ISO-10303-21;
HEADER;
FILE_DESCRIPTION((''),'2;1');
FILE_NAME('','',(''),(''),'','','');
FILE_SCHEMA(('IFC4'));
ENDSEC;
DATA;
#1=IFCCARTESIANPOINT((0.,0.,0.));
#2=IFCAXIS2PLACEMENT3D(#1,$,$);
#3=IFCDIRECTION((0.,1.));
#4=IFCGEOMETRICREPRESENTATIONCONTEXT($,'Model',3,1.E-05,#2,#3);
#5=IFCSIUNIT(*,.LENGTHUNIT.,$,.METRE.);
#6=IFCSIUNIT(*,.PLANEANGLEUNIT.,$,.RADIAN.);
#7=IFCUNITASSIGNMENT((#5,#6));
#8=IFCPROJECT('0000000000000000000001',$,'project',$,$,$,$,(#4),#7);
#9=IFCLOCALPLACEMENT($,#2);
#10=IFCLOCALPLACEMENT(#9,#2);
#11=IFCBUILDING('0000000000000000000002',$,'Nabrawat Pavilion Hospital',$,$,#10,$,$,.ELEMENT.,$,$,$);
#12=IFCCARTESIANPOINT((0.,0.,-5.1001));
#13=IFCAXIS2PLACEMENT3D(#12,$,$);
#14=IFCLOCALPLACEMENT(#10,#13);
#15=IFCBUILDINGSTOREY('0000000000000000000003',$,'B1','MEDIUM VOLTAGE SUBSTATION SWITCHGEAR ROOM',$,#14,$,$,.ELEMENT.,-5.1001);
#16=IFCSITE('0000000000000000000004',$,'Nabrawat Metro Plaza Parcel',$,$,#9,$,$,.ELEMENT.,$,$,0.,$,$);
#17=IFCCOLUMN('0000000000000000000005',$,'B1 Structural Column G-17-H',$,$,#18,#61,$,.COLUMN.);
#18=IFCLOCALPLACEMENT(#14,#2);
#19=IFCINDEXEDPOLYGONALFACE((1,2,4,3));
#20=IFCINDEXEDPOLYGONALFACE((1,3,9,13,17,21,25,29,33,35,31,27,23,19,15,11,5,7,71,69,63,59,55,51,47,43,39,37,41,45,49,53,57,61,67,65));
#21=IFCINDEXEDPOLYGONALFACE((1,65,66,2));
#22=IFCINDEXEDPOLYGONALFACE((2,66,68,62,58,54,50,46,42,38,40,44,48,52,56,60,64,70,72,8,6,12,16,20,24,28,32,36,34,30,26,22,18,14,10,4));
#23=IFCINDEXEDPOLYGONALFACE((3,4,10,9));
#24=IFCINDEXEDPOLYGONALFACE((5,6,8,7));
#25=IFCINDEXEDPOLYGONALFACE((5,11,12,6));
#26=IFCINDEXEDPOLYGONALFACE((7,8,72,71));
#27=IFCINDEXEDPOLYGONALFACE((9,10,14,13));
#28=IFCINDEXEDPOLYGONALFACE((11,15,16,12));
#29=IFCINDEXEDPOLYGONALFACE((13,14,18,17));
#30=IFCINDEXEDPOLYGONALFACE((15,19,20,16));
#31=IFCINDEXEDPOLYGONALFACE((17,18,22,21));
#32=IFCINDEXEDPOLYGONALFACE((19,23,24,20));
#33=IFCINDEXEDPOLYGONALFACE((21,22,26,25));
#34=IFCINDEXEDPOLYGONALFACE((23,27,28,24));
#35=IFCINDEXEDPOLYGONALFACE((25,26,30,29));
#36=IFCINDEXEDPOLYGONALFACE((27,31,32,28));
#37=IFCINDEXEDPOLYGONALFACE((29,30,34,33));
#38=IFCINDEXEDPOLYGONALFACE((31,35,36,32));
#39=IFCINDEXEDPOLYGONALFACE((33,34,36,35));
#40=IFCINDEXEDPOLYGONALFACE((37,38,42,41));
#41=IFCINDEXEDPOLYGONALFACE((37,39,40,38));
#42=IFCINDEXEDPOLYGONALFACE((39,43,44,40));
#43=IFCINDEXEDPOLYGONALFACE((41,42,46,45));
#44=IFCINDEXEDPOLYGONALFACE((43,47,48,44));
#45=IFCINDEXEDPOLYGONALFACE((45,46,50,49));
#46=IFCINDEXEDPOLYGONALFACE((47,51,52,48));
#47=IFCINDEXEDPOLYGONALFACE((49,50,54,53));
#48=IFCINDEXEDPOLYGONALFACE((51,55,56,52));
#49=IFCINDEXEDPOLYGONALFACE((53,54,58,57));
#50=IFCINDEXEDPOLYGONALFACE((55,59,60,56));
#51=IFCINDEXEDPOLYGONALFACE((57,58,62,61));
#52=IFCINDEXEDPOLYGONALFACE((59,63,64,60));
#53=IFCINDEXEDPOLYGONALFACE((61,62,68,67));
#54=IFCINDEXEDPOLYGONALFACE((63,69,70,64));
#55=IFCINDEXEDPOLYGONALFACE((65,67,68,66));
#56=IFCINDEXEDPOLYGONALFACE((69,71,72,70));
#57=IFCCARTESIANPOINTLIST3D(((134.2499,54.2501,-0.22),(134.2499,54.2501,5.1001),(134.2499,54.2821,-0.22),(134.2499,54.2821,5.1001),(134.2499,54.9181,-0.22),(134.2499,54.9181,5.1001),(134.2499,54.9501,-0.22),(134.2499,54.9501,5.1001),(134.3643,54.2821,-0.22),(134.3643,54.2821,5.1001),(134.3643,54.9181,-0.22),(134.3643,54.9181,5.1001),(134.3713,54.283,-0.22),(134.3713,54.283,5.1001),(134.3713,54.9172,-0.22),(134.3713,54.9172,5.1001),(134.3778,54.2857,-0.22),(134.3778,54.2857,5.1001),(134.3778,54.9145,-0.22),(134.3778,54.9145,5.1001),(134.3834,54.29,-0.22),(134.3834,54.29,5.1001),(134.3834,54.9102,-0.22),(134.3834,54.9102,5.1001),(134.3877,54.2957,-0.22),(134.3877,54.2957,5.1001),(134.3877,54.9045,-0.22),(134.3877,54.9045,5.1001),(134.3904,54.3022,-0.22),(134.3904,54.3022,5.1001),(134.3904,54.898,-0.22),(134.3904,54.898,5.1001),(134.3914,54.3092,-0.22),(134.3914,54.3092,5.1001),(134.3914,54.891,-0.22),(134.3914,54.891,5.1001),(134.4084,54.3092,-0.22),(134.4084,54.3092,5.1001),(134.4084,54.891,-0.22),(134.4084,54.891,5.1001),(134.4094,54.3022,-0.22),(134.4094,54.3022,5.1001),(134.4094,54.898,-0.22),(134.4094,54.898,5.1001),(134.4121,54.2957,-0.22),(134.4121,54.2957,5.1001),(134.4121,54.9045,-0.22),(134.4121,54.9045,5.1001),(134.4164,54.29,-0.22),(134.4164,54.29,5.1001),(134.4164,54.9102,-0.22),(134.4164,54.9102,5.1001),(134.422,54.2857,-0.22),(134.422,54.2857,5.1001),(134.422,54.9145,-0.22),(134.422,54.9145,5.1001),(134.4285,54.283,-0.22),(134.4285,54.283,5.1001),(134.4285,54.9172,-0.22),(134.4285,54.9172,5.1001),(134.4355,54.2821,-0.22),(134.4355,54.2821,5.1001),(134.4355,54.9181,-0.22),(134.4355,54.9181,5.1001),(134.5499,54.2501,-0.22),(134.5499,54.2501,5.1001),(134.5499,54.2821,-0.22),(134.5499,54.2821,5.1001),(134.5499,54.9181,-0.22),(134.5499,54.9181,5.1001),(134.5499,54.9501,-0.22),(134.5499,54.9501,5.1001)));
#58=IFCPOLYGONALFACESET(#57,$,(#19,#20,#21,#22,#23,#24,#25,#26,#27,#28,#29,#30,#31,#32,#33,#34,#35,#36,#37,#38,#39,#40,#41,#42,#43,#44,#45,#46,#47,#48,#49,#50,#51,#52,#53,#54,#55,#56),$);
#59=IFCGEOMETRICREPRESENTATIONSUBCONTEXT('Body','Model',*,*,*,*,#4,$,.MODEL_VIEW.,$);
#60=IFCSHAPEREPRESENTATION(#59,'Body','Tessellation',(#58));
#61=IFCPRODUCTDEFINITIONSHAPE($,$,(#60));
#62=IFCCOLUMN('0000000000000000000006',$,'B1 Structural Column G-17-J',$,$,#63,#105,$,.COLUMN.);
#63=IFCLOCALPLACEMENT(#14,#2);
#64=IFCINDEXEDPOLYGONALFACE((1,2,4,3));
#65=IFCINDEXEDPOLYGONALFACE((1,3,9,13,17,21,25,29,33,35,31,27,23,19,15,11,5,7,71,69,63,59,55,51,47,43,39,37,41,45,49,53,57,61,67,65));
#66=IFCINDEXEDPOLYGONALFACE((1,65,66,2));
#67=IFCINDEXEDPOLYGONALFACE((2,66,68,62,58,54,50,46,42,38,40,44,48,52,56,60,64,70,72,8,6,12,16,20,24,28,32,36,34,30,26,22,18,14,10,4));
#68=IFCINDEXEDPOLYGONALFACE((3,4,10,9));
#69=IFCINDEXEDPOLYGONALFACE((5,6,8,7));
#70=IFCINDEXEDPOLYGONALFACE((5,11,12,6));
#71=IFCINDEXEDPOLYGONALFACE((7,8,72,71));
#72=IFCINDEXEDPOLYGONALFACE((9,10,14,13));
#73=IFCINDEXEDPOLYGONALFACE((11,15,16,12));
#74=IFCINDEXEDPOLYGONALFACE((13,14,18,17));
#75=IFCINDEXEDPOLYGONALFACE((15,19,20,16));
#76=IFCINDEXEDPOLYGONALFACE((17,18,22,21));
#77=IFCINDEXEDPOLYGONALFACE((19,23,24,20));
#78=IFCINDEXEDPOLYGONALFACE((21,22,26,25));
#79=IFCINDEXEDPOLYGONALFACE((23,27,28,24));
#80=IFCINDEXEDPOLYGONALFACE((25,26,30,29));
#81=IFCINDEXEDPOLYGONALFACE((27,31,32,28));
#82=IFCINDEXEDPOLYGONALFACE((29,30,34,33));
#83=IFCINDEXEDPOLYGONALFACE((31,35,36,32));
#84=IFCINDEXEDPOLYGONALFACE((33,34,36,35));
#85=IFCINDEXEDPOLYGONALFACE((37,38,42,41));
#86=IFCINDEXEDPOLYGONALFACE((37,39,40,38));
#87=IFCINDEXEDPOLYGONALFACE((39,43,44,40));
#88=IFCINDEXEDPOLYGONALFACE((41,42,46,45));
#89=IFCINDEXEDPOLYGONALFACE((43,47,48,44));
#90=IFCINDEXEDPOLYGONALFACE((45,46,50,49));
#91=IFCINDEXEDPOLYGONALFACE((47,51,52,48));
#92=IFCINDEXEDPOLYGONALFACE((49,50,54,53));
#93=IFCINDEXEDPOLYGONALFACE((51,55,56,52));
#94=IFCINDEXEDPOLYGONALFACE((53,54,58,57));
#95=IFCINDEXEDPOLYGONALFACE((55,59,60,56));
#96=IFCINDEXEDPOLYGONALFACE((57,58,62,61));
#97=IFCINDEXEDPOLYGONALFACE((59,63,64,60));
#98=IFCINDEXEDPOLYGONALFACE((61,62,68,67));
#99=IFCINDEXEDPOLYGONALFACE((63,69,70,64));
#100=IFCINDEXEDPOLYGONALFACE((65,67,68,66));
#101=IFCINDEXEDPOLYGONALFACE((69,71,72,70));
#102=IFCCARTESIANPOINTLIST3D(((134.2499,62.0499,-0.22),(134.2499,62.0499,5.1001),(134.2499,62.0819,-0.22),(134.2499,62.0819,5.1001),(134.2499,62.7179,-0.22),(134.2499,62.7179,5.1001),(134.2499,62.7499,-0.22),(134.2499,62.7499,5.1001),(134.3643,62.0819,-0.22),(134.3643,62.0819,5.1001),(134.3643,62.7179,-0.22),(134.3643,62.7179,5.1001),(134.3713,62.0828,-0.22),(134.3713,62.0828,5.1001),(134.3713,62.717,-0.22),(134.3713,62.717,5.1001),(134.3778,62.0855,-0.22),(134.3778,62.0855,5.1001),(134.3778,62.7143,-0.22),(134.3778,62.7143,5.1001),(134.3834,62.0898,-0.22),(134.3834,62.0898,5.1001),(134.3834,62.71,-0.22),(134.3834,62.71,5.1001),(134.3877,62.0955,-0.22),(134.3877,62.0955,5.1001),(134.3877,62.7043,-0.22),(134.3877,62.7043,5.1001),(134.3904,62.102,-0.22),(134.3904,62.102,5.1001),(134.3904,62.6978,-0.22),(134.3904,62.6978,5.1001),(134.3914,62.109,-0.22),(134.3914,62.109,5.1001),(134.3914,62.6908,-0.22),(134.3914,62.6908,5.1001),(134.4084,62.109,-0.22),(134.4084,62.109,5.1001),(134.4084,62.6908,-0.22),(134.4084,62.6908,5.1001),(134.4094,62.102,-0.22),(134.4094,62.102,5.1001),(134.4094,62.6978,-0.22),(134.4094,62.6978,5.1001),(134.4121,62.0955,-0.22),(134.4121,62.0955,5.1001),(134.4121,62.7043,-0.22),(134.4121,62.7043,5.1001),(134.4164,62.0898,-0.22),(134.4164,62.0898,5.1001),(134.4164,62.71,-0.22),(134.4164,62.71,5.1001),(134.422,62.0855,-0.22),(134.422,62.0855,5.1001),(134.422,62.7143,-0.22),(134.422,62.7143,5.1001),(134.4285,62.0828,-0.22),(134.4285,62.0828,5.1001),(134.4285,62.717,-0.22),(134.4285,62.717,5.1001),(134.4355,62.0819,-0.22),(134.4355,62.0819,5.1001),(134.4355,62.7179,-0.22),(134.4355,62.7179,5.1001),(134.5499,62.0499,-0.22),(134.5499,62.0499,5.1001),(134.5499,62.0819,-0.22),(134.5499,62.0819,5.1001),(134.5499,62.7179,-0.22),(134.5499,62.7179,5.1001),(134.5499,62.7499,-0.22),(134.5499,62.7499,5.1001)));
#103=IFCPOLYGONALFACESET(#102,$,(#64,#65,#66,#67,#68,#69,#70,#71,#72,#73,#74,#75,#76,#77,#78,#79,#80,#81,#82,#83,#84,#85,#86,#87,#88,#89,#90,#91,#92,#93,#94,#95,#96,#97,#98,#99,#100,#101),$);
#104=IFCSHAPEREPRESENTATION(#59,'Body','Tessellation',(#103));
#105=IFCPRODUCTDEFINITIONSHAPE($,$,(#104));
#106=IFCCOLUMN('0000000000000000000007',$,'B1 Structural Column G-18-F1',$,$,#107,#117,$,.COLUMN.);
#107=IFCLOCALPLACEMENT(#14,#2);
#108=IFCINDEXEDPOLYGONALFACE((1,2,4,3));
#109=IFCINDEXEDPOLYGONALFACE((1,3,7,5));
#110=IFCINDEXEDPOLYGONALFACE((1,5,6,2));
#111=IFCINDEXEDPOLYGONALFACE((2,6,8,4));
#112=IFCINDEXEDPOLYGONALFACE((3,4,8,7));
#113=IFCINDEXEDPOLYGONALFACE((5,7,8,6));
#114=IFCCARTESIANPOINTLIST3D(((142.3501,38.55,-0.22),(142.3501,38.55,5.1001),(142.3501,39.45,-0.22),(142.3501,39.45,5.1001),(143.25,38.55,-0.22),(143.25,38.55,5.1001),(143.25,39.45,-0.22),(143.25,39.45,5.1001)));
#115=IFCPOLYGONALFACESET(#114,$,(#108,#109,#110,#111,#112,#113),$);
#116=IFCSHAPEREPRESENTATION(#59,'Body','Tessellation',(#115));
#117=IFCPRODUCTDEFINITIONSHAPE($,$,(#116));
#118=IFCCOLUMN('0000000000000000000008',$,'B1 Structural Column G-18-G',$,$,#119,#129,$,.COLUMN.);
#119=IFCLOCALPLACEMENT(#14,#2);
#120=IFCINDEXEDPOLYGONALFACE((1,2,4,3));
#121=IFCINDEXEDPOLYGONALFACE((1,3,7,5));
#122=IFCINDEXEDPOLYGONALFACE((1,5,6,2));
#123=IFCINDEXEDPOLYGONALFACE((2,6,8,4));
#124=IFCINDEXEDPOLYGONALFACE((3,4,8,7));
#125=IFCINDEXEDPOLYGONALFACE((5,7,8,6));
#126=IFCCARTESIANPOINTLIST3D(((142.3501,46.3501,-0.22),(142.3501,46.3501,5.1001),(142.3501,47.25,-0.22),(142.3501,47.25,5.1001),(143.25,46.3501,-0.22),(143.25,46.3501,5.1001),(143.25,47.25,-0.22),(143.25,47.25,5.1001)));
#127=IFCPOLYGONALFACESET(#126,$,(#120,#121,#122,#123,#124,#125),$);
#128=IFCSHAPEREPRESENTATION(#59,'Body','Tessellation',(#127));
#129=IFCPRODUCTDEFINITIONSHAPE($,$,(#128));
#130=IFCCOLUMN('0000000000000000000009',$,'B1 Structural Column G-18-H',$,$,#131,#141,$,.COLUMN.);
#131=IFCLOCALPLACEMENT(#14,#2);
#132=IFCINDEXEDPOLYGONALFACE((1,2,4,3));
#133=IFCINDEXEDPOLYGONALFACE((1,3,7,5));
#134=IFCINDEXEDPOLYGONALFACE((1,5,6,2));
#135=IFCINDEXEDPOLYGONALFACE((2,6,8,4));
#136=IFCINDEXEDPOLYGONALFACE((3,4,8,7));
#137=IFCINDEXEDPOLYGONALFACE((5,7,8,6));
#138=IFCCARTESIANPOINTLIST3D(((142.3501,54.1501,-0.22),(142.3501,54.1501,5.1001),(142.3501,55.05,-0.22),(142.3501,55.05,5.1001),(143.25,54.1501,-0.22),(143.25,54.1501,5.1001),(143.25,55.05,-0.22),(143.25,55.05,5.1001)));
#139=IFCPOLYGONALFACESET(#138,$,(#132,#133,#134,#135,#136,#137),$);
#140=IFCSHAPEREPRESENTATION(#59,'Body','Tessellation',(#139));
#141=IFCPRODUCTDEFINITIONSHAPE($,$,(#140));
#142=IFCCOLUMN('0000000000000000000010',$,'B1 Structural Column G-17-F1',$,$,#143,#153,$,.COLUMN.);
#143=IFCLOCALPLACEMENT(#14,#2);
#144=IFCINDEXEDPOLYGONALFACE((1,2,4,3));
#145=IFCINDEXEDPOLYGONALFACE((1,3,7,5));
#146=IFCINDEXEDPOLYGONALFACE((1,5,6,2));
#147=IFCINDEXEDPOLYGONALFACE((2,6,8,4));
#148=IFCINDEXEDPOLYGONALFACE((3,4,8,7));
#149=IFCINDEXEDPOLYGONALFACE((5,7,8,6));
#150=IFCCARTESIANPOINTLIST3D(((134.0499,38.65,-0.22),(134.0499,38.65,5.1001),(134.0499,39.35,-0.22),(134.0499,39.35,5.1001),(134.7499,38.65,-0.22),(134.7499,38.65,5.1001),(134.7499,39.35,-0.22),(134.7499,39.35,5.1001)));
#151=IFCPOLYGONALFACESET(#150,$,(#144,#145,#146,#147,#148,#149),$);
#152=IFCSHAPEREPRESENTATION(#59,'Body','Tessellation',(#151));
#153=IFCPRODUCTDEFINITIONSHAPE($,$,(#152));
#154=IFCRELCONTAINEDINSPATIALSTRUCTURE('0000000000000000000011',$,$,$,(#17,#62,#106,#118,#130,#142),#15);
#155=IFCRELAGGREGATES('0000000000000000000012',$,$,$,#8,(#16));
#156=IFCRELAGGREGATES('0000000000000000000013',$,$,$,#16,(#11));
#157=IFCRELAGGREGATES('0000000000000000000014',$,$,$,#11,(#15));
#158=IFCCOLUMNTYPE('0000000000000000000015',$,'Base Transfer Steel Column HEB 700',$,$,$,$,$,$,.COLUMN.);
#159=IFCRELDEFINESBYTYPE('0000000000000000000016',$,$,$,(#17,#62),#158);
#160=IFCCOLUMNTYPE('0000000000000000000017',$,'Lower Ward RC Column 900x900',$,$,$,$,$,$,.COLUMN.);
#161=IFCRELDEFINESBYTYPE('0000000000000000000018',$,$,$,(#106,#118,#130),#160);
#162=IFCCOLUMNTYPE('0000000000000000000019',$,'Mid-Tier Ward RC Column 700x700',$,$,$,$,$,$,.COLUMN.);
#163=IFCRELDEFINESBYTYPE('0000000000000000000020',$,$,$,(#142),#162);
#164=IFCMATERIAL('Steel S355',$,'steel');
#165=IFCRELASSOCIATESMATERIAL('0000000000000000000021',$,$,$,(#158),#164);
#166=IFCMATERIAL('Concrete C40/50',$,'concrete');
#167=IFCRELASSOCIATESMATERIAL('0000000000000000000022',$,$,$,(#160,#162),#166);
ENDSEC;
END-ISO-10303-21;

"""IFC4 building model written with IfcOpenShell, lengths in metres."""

from ifc_helpers import new_model, si_unit, direction, frame, origin, origin_2d, place, context, subcontext, project, spatial, rectangle, i_section, extrude, material, material_profile, profile_set, type_object, element, save


model = new_model("IFC4")

# Units and contexts
model_context = context("Model", 3, precision=1e-05, world=origin(), true_north=direction((0.0, 1.0)))
body_context = subcontext(model_context, "Body", "Model", "MODEL_VIEW")
ifc_project = project(units=[si_unit("LENGTHUNIT", "METRE"), si_unit("PLANEANGLEUNIT", "RADIAN")], contexts=[model_context])

# Site, building, storey
site_placement = place(None, origin())
site = spatial("IfcSite", under=ifc_project, at=site_placement, Name="Nabrawat Metro Plaza Parcel", CompositionType="ELEMENT", RefElevation=0.0)
building_placement = place(site_placement, origin())
building = spatial("IfcBuilding", under=site, at=building_placement, Name="Nabrawat Pavilion Hospital", CompositionType="ELEMENT")
storey_placement = place(building_placement, frame((0.0, 0.0, -5.1001)))
storey = spatial("IfcBuildingStorey", under=building, at=storey_placement, Name="B1", Description="MEDIUM VOLTAGE SUBSTATION SWITCHGEAR ROOM", CompositionType="ELEMENT", Elevation=-5.1001)

# Columns
ifc_material_1 = material(Name="Steel S355", Category="steel")
ifc_material_profile_1 = material_profile(ifc_material_1, i_section(OverallWidth=0.3, OverallDepth=0.7, WebThickness=0.0171, FlangeThickness=0.032, FilletRadius=0.0271, at=origin_2d()), Name="HEB 700")
ifc_profile_set_1 = profile_set([ifc_material_profile_1], Name="Steel S355")
column_type_1 = type_object("IfcColumnType", Name="Base Transfer Steel Column HEB 700", PredefinedType="COLUMN", material=ifc_profile_set_1)
for number, where, z_axis, x_axis, name in (
    (1, (134.3999, 54.6001, -0.22), (0.0, 0.0, 1.0), (1.0, 0.0, 0.0), "B1 Structural Column G-17-H"),
    (2, (134.3999, 62.3999, -0.22), (0.0, 0.0, 1.0), (1.0, 0.0, 0.0), "B1 Structural Column G-17-J"),
):
    element("IfcColumn", number, at=place(storey_placement, frame(where, z_axis=z_axis, x_axis=x_axis)), inside=storey, type_object=column_type_1, Name=name, PredefinedType="COLUMN", context=body_context, shape_type="SweptSolid", body=[
        extrude(i_section(OverallWidth=0.3, OverallDepth=0.7, WebThickness=0.0171, FlangeThickness=0.032, FilletRadius=0.0271, at=origin_2d()), origin(), (0.0, 0.0, 1.0), 5.3201),
    ])
ifc_material_2 = material(Name="Concrete C40/50", Category="concrete")
ifc_material_profile_2 = material_profile(ifc_material_2, rectangle(XDim=0.8999, YDim=0.8999, at=origin_2d()), Name="RC 900x900")
ifc_profile_set_2 = profile_set([ifc_material_profile_2], Name="Concrete C40/50")
column_type_2 = type_object("IfcColumnType", Name="Lower Ward RC Column 900x900", PredefinedType="COLUMN", material=ifc_profile_set_2)
for number, where, z_axis, x_axis, name in (
    (3, (142.8, 39.0, -0.22), (0.0, 0.0, 1.0), (1.0, 0.0, 0.0), "B1 Structural Column G-18-F1"),
    (4, (142.8, 46.8, -0.22), (0.0, 0.0, 1.0), (1.0, 0.0, 0.0), "B1 Structural Column G-18-G"),
    (5, (142.8, 54.6001, -0.22), (0.0, 0.0, 1.0), (1.0, 0.0, 0.0), "B1 Structural Column G-18-H"),
):
    element("IfcColumn", number, at=place(storey_placement, frame(where, z_axis=z_axis, x_axis=x_axis)), inside=storey, type_object=column_type_2, Name=name, PredefinedType="COLUMN", context=body_context, shape_type="SweptSolid", body=[
        extrude(rectangle(XDim=0.8999, YDim=0.8999, at=origin_2d()), origin(), (0.0, 0.0, 1.0), 5.3201),
    ])
ifc_material_profile_3 = material_profile(ifc_material_2, rectangle(XDim=0.7, YDim=0.7, at=origin_2d()), Name="RC 700x700")
ifc_profile_set_3 = profile_set([ifc_material_profile_3], Name="Concrete C40/50")
column_type_3 = type_object("IfcColumnType", Name="Mid-Tier Ward RC Column 700x700", PredefinedType="COLUMN", material=ifc_profile_set_3)
column_placement = place(storey_placement, frame((134.3999, 39.0, -0.22), z_axis=(0.0, 0.0, 1.0), x_axis=(1.0, 0.0, 0.0)))
element("IfcColumn", 6, at=column_placement, inside=storey, type_object=column_type_3, Name="B1 Structural Column G-17-F1", PredefinedType="COLUMN", context=body_context, shape_type="SweptSolid", body=[
    extrude(rectangle(XDim=0.7, YDim=0.7, at=origin_2d()), origin(), (0.0, 0.0, 1.0), 5.3201),
])

save(model, "model.ifc")
